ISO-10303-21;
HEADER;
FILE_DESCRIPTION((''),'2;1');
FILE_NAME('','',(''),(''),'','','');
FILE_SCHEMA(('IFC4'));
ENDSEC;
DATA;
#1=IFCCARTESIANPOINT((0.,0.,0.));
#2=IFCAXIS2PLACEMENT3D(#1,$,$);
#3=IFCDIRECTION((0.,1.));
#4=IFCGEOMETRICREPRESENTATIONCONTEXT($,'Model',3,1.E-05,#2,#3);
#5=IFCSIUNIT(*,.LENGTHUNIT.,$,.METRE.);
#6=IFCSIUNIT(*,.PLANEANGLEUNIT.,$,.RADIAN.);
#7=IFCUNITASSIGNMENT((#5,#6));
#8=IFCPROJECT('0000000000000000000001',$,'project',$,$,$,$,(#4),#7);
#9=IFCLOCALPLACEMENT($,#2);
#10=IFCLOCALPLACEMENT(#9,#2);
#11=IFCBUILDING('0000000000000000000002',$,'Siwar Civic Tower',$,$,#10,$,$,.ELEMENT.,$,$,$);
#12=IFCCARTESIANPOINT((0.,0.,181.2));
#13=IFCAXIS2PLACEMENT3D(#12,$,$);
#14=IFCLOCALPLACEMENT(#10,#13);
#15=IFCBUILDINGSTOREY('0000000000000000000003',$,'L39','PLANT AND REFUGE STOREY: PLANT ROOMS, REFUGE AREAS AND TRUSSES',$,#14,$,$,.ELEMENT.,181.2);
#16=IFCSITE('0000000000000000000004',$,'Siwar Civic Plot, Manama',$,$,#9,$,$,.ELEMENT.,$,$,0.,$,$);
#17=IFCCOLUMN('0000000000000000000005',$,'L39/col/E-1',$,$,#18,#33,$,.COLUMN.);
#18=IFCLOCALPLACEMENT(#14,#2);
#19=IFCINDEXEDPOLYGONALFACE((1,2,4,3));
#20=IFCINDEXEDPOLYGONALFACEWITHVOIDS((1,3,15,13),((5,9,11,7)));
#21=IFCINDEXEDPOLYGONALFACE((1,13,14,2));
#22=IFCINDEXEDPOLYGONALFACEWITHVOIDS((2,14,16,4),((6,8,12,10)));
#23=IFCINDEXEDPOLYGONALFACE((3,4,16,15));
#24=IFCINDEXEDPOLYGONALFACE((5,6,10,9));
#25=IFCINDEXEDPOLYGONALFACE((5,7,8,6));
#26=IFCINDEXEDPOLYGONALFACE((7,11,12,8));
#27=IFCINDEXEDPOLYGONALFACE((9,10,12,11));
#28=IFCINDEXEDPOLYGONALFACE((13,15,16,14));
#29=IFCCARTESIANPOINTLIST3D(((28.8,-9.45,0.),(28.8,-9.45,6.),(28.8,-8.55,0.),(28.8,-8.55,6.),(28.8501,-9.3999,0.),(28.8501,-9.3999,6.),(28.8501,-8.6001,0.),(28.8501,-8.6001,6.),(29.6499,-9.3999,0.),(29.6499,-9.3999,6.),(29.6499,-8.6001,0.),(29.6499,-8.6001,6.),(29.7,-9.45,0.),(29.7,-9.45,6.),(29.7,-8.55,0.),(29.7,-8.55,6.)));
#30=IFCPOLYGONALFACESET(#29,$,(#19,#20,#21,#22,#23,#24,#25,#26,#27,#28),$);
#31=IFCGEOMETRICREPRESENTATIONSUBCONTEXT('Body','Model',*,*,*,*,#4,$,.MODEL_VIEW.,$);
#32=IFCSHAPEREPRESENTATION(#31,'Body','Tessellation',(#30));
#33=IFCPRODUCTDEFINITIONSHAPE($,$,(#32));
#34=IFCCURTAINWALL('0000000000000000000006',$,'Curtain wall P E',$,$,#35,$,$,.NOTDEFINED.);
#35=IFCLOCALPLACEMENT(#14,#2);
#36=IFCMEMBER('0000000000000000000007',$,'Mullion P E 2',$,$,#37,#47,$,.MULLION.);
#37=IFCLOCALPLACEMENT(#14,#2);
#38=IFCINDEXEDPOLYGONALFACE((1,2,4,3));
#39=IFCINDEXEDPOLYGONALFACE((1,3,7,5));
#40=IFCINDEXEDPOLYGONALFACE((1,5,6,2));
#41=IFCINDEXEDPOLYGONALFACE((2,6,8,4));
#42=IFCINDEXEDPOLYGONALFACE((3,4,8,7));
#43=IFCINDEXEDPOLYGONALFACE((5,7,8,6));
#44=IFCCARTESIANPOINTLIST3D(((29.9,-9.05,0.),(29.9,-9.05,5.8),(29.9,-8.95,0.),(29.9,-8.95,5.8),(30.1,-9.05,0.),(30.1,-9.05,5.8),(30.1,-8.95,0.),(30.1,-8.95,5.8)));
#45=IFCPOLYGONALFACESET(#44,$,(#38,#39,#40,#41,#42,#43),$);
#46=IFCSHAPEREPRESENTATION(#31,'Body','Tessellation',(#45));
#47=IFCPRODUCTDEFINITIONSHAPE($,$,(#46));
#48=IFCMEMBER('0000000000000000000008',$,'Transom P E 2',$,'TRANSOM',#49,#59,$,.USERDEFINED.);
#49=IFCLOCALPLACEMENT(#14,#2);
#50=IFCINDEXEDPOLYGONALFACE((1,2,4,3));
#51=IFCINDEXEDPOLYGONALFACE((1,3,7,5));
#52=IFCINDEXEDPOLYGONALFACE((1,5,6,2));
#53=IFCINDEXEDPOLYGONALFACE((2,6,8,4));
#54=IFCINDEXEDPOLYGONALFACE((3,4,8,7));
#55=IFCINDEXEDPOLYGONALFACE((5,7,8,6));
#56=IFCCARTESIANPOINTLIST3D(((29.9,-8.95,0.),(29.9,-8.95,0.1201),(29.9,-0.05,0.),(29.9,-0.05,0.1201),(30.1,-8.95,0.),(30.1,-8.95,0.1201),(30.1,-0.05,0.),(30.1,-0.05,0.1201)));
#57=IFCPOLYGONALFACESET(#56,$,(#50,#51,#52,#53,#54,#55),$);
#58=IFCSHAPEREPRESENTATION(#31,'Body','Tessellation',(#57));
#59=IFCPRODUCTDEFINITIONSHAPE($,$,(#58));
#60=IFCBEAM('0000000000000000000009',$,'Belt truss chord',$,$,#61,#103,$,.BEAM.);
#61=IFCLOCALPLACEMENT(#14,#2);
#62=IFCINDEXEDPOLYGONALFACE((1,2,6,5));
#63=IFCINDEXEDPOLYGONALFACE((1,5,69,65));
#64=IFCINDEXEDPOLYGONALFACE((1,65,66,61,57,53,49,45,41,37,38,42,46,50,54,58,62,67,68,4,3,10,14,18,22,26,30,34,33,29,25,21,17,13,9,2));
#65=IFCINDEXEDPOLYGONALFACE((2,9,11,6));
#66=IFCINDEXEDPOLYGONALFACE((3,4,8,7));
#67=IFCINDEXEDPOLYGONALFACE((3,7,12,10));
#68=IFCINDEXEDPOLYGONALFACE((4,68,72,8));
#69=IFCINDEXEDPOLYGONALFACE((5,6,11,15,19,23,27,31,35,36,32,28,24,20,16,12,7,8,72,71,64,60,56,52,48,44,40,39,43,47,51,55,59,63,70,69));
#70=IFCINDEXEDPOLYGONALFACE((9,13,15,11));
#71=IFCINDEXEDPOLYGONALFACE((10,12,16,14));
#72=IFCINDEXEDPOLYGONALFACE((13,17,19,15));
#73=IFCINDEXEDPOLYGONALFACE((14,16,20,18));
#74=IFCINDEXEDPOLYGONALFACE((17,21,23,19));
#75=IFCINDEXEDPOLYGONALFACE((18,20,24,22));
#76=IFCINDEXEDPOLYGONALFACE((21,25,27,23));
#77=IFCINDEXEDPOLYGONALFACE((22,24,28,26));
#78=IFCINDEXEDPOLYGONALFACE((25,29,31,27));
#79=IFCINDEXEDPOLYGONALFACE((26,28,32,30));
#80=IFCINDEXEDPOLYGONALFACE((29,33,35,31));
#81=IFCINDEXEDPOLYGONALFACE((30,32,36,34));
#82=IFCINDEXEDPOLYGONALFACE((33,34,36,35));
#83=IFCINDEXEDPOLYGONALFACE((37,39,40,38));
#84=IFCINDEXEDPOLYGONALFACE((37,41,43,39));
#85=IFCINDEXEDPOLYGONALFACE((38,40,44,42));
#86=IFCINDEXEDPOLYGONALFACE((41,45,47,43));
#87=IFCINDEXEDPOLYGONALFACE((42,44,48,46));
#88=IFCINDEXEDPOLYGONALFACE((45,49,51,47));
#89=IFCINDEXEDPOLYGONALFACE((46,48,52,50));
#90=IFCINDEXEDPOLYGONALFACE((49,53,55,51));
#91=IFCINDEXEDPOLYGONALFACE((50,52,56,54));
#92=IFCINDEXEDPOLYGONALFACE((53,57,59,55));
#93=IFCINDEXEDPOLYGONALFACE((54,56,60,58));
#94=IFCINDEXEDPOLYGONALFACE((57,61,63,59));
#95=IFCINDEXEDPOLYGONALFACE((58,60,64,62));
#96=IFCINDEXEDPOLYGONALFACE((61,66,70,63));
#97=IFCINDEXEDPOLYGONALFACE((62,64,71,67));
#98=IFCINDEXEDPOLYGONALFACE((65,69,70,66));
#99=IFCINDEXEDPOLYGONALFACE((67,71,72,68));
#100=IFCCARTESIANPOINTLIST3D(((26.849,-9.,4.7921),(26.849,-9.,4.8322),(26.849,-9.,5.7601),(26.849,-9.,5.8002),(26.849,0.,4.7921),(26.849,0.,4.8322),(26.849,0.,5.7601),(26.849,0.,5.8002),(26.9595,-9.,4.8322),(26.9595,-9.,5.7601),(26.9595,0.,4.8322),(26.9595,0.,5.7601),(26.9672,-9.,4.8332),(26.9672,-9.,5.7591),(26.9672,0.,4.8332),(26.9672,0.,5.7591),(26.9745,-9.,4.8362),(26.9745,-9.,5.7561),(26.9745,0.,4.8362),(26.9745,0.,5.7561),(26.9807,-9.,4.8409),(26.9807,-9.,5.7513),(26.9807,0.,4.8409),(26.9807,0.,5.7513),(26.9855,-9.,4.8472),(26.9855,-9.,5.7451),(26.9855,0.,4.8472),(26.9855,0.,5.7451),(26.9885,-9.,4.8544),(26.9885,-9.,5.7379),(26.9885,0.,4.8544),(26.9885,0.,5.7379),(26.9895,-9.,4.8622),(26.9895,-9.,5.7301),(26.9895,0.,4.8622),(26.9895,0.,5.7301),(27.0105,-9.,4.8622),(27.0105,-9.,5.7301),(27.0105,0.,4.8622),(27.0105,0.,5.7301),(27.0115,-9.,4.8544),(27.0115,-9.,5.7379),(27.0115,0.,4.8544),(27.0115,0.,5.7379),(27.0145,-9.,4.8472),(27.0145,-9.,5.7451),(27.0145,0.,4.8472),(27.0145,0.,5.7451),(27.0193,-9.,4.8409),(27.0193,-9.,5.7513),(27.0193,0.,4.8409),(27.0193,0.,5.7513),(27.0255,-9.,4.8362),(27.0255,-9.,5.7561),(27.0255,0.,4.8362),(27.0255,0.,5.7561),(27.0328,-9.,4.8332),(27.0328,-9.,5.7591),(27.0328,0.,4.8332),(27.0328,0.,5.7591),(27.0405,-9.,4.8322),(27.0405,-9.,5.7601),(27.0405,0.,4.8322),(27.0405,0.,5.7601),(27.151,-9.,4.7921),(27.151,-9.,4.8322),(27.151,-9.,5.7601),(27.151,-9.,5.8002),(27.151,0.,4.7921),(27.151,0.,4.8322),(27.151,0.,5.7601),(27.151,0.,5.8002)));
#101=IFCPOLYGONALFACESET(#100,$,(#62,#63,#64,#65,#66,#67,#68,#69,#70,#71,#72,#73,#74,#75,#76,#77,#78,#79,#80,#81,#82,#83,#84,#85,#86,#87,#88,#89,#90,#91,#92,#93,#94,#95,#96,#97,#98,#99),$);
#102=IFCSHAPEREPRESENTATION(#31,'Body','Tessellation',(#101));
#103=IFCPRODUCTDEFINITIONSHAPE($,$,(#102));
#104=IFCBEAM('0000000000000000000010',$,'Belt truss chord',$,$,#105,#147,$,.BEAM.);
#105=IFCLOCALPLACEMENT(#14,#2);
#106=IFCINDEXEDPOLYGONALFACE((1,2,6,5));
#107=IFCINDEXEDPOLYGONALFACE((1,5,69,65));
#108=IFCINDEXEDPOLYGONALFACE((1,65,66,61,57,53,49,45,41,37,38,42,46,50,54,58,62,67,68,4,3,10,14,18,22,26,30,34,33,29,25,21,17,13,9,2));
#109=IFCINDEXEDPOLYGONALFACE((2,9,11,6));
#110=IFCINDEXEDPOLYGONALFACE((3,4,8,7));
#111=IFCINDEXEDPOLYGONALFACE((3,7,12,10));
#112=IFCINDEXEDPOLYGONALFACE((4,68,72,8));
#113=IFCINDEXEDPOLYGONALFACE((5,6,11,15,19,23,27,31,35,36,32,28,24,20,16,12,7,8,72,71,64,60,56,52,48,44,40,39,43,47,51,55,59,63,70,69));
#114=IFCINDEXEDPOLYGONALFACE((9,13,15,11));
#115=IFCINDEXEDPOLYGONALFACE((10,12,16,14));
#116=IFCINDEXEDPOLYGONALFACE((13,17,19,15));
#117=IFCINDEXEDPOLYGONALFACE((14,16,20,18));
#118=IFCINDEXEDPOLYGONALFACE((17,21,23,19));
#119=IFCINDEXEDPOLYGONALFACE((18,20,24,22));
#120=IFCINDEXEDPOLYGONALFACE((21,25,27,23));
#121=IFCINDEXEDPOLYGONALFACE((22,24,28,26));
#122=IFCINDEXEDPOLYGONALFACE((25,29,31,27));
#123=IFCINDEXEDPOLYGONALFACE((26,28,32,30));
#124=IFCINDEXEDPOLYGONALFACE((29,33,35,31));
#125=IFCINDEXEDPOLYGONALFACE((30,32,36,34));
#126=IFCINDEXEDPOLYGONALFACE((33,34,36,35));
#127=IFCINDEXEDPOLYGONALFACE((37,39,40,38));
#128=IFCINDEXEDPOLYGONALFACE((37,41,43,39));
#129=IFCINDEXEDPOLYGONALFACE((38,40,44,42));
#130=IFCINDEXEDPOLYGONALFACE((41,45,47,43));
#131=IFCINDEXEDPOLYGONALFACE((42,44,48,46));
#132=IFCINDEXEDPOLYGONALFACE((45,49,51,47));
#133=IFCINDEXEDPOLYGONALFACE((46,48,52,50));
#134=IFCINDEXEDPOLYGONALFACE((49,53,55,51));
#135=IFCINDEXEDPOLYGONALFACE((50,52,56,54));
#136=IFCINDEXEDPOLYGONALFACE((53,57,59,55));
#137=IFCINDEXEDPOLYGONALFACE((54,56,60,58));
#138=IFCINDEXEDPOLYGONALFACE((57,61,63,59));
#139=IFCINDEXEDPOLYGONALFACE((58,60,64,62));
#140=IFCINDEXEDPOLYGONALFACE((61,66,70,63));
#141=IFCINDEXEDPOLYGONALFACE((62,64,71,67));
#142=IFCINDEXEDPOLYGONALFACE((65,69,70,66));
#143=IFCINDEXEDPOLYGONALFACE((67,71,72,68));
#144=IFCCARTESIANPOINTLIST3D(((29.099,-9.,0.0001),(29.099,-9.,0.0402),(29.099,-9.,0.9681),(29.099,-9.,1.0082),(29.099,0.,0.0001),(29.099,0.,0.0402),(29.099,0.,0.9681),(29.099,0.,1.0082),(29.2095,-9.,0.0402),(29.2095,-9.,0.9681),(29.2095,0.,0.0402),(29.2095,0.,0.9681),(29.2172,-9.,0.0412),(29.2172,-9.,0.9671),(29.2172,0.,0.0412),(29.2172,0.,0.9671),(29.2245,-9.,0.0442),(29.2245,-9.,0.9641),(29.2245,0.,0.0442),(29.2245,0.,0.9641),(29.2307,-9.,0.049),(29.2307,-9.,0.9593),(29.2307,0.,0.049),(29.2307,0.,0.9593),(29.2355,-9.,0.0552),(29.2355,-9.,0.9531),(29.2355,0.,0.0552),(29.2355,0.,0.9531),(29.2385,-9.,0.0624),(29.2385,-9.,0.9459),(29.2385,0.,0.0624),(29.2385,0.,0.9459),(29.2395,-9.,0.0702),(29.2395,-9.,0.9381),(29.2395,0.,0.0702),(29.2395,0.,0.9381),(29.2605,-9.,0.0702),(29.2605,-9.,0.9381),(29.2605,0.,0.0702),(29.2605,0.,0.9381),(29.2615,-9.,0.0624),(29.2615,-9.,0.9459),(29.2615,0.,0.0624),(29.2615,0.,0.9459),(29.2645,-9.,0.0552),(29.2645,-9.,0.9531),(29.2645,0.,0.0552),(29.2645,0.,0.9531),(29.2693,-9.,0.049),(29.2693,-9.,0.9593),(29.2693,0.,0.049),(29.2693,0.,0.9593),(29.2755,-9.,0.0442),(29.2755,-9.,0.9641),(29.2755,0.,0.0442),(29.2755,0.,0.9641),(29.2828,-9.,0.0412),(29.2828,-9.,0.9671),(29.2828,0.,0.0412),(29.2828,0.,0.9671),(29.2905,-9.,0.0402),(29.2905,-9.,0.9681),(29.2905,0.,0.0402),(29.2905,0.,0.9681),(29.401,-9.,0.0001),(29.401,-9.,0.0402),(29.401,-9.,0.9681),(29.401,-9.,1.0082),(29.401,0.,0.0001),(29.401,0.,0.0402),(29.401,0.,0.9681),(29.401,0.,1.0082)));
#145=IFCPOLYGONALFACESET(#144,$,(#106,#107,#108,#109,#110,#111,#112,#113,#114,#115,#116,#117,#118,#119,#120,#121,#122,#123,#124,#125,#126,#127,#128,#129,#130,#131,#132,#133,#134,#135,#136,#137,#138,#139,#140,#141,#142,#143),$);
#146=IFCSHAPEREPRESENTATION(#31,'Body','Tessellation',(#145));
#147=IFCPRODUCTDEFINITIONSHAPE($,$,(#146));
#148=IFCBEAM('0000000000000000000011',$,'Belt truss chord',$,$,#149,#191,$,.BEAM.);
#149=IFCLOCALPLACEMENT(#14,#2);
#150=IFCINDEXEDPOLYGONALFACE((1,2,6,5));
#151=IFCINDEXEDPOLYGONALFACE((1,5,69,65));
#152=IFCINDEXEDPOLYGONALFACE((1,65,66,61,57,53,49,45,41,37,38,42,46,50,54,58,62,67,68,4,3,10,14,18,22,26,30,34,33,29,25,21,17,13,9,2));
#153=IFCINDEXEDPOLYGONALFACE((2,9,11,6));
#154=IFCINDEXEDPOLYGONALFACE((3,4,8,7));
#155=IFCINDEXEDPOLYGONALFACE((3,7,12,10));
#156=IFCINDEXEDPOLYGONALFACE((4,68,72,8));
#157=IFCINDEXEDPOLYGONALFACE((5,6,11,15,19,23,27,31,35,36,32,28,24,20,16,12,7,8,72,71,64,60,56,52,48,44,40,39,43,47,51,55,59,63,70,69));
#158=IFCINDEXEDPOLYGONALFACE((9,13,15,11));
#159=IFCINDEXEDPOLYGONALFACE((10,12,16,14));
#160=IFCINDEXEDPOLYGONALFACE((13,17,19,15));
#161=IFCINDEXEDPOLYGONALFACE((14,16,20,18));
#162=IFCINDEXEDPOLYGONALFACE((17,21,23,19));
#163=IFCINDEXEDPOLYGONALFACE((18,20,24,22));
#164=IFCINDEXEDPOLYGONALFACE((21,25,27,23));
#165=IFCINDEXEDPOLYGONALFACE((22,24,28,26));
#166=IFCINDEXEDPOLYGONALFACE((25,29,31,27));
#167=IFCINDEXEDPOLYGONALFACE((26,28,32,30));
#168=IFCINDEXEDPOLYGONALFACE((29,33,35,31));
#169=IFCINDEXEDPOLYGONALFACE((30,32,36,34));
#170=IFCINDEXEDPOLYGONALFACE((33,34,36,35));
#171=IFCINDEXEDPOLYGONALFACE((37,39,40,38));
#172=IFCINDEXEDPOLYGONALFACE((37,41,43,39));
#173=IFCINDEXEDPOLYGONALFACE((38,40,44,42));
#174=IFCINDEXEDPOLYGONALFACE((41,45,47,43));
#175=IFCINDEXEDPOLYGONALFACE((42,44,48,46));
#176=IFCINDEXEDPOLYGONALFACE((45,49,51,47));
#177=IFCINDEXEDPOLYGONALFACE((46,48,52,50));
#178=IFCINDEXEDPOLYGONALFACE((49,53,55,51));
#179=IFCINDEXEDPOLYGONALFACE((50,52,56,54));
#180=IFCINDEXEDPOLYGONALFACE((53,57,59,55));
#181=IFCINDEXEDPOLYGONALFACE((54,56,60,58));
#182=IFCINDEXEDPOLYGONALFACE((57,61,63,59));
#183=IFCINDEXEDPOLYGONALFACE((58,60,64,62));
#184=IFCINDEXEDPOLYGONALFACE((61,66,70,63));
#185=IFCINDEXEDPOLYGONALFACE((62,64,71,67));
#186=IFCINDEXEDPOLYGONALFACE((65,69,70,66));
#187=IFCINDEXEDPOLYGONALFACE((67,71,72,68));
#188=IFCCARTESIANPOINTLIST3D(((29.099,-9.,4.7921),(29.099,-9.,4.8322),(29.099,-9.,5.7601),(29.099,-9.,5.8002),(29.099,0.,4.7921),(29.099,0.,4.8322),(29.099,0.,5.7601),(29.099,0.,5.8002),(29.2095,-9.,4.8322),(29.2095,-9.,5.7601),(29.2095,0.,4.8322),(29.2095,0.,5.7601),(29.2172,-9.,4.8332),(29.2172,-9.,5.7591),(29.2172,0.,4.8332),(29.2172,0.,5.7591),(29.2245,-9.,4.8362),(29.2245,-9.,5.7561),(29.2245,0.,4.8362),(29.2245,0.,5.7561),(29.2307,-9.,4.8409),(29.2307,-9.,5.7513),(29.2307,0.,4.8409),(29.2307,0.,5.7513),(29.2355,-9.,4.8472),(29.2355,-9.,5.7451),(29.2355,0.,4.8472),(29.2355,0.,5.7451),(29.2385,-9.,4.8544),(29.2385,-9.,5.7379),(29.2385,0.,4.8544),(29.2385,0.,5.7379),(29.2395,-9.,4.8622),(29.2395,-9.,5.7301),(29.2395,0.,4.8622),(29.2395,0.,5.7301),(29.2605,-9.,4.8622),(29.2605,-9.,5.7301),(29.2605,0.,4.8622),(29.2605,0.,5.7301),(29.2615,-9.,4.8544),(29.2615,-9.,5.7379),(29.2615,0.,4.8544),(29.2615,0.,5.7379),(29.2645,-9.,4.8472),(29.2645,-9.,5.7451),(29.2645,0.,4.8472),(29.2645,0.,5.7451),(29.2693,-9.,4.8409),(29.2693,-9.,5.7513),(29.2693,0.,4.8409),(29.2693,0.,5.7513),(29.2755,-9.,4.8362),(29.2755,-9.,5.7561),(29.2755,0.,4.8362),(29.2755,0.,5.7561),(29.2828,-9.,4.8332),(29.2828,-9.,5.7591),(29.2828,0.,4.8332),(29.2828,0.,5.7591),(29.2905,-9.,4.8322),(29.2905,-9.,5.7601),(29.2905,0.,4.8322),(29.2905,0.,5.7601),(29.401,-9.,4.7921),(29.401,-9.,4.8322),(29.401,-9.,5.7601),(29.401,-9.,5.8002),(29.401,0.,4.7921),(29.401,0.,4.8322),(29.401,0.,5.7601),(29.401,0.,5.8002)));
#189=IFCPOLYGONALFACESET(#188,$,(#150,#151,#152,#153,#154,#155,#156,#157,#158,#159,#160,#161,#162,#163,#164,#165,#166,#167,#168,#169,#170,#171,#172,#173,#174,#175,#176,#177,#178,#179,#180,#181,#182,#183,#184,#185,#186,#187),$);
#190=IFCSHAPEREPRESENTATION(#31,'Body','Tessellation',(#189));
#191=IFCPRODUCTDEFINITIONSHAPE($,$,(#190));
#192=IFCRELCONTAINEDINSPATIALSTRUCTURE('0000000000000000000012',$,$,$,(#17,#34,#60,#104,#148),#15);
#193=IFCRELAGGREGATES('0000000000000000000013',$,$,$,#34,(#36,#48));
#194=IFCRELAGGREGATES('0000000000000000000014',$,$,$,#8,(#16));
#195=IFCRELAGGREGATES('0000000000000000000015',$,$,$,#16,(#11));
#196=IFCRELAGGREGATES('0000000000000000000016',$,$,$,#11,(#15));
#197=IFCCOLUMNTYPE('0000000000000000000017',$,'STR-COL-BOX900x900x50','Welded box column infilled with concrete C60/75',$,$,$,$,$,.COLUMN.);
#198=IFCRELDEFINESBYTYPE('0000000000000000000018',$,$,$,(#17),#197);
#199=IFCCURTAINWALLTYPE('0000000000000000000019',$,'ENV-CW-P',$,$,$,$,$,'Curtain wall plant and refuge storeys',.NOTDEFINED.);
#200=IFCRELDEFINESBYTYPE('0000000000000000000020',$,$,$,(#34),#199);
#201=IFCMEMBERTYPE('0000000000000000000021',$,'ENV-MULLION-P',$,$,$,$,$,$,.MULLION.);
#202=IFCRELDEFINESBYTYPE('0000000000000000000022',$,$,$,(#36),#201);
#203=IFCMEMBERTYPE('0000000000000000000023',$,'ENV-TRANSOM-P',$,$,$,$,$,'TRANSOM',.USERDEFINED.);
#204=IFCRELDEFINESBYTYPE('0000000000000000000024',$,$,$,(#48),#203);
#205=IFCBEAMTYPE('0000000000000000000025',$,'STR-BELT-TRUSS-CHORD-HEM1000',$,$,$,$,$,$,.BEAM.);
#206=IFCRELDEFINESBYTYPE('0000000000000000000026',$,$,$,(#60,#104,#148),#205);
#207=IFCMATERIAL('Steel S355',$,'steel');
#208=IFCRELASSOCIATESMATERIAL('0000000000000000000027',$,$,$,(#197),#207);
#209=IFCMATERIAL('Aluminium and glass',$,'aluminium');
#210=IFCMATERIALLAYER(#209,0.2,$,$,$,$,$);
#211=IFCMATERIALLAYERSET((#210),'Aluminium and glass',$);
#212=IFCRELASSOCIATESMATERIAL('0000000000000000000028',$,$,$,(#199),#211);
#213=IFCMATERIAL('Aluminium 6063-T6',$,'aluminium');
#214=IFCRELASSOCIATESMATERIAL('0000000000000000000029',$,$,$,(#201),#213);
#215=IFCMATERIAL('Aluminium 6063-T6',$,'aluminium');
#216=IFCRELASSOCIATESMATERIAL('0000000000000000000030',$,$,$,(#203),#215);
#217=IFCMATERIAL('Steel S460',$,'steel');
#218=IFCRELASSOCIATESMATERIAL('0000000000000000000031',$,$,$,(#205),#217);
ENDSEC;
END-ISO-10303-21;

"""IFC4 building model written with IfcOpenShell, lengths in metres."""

from ifc_helpers import new_model, si_unit, direction, frame, origin, origin_2d, place, context, subcontext, project, spatial, rectangle, hollow_rectangle, i_section, extrude, material, layer, layer_set, material_profile, profile_set, type_object, element, aggregate, save


model = new_model("IFC4")

# Units and contexts
model_context = context("Model", 3, precision=1e-05, world=origin(), true_north=direction((0.0, 1.0)))
body_context = subcontext(model_context, "Body", "Model", "MODEL_VIEW")
ifc_project = project(units=[si_unit("LENGTHUNIT", "METRE"), si_unit("PLANEANGLEUNIT", "RADIAN")], contexts=[model_context])

# Site, building, storey
site_placement = place(None, origin())
site = spatial("IfcSite", under=ifc_project, at=site_placement, Name="Siwar Civic Plot, Manama", CompositionType="ELEMENT", RefElevation=0.0)
building_placement = place(site_placement, origin())
building = spatial("IfcBuilding", under=site, at=building_placement, Name="Siwar Civic Tower", CompositionType="ELEMENT")
storey_placement = place(building_placement, frame((0.0, 0.0, 181.2)))
storey = spatial("IfcBuildingStorey", under=building, at=storey_placement, Name="L39", Description="PLANT AND REFUGE STOREY: PLANT ROOMS, REFUGE AREAS AND TRUSSES", CompositionType="ELEMENT", Elevation=181.2)

# Column
ifc_material_1 = material(Name="Steel S355", Category="steel")
ifc_material_profile_1 = material_profile(ifc_material_1, hollow_rectangle(XDim=0.8999, YDim=0.8999, WallThickness=0.05, at=origin_2d()), Name="BOX900x900x50")
ifc_profile_set_1 = profile_set([ifc_material_profile_1], Name="Steel S355")
column_type = type_object("IfcColumnType", Name="STR-COL-BOX900x900x50", Description="Welded box column infilled with concrete C60/75", PredefinedType="COLUMN", material=ifc_profile_set_1)
column_placement = place(storey_placement, frame((29.25, -9.0, 0.0), z_axis=(0.0, 0.0, 1.0), x_axis=(1.0, 0.0, 0.0)))
element("IfcColumn", 1, at=column_placement, inside=storey, type_object=column_type, Name="L39/col/E-1", PredefinedType="COLUMN", context=body_context, shape_type="SweptSolid", body=[
    extrude(hollow_rectangle(XDim=0.8999, YDim=0.8999, WallThickness=0.05, at=origin_2d()), origin(), (0.0, 0.0, 1.0), 6.0),
])

# Curtain wall, members
ifc_material_2 = material(Name="Aluminium and glass", Category="aluminium")
ifc_layer_1 = layer(ifc_material_2, 0.2)
ifc_layer_set_1 = layer_set([ifc_layer_1], Name="Aluminium and glass")
curtain_wall_type = type_object("IfcCurtainWallType", Name="ENV-CW-P", ElementType="Curtain wall plant and refuge storeys", PredefinedType="NOTDEFINED", material=ifc_layer_set_1)
curtain_wall_placement = place(storey_placement, origin())
curtain_wall = element("IfcCurtainWall", 2, at=curtain_wall_placement, inside=storey, type_object=curtain_wall_type, Name="Curtain wall P E", PredefinedType="NOTDEFINED")
ifc_material_3 = material(Name="Aluminium 6063-T6", Category="aluminium")
ifc_material_profile_2 = material_profile(ifc_material_3, rectangle(XDim=0.2, YDim=0.1001, at=origin_2d()), Name="AL 200x100")
ifc_profile_set_2 = profile_set([ifc_material_profile_2], Name="Aluminium 6063-T6")
member_type_1 = type_object("IfcMemberType", Name="ENV-MULLION-P", PredefinedType="MULLION", material=ifc_profile_set_2)
member_1_placement = place(storey_placement, frame((30.0, -9.0, 0.0), z_axis=(0.0, 0.0, 1.0), x_axis=(-1.0, 0.0, 0.0)))
member_1 = element("IfcMember", 3, at=member_1_placement, type_object=member_type_1, Name="Mullion P E 2", PredefinedType="MULLION", context=body_context, shape_type="SweptSolid", body=[
    extrude(rectangle(XDim=0.2, YDim=0.1001, at=origin_2d()), origin(), (0.0, 0.0, 1.0), 5.8),
])
ifc_material_4 = material(Name="Aluminium 6063-T6", Category="aluminium")
ifc_material_profile_3 = material_profile(ifc_material_4, rectangle(XDim=0.2, YDim=0.1201, at=origin_2d()), Name="AL 200x120")
ifc_profile_set_3 = profile_set([ifc_material_profile_3], Name="Aluminium 6063-T6")
member_type_2 = type_object("IfcMemberType", Name="ENV-TRANSOM-P", ElementType="TRANSOM", PredefinedType="USERDEFINED", material=ifc_profile_set_3)
member_2_placement = place(storey_placement, frame((30.0, -8.95, 0.0601), z_axis=(0.0, 1.0, 0.0), x_axis=(-1.0, 0.0, 0.0)))
member_2 = element("IfcMember", 4, at=member_2_placement, type_object=member_type_2, Name="Transom P E 2", ObjectType="TRANSOM", PredefinedType="USERDEFINED", context=body_context, shape_type="SweptSolid", body=[
    extrude(rectangle(XDim=0.2, YDim=0.1201, at=origin_2d()), origin(), (0.0, 0.0, 1.0), 8.8999),
])

# Beams
ifc_material_5 = material(Name="Steel S460", Category="steel")
ifc_material_profile_4 = material_profile(ifc_material_5, i_section(OverallWidth=0.302, OverallDepth=1.0081, WebThickness=0.021, FlangeThickness=0.04, FilletRadius=0.03, at=origin_2d()), Name="HEM1000")
ifc_profile_set_4 = profile_set([ifc_material_profile_4], Name="Steel S460")
beam_type_1 = type_object("IfcBeamType", Name="STR-BELT-TRUSS-CHORD-HEM1000", PredefinedType="BEAM", material=ifc_profile_set_4)
for number, where, z_axis, x_axis, name in (
    (5, (27.0, -9.0, 5.2961), (0.0, 1.0, 0.0), (-1.0, 0.0, 0.0), "Belt truss chord"),
    (6, (29.25, -9.0, 0.5042), (0.0, 1.0, 0.0), (-1.0, 0.0, 0.0), "Belt truss chord"),
    (7, (29.25, -9.0, 5.2961), (0.0, 1.0, 0.0), (-1.0, 0.0, 0.0), "Belt truss chord"),
):
    element("IfcBeam", number, at=place(storey_placement, frame(where, z_axis=z_axis, x_axis=x_axis)), inside=storey, type_object=beam_type_1, Name=name, PredefinedType="BEAM", context=body_context, shape_type="SweptSolid", body=[
        extrude(i_section(OverallWidth=0.302, OverallDepth=1.0081, WebThickness=0.021, FlangeThickness=0.04, FilletRadius=0.03, at=origin_2d()), origin(), (0.0, 0.0, 1.0), 9.0),
    ])

aggregate(curtain_wall, [member_1, member_2])

save(model, "model.ifc")
